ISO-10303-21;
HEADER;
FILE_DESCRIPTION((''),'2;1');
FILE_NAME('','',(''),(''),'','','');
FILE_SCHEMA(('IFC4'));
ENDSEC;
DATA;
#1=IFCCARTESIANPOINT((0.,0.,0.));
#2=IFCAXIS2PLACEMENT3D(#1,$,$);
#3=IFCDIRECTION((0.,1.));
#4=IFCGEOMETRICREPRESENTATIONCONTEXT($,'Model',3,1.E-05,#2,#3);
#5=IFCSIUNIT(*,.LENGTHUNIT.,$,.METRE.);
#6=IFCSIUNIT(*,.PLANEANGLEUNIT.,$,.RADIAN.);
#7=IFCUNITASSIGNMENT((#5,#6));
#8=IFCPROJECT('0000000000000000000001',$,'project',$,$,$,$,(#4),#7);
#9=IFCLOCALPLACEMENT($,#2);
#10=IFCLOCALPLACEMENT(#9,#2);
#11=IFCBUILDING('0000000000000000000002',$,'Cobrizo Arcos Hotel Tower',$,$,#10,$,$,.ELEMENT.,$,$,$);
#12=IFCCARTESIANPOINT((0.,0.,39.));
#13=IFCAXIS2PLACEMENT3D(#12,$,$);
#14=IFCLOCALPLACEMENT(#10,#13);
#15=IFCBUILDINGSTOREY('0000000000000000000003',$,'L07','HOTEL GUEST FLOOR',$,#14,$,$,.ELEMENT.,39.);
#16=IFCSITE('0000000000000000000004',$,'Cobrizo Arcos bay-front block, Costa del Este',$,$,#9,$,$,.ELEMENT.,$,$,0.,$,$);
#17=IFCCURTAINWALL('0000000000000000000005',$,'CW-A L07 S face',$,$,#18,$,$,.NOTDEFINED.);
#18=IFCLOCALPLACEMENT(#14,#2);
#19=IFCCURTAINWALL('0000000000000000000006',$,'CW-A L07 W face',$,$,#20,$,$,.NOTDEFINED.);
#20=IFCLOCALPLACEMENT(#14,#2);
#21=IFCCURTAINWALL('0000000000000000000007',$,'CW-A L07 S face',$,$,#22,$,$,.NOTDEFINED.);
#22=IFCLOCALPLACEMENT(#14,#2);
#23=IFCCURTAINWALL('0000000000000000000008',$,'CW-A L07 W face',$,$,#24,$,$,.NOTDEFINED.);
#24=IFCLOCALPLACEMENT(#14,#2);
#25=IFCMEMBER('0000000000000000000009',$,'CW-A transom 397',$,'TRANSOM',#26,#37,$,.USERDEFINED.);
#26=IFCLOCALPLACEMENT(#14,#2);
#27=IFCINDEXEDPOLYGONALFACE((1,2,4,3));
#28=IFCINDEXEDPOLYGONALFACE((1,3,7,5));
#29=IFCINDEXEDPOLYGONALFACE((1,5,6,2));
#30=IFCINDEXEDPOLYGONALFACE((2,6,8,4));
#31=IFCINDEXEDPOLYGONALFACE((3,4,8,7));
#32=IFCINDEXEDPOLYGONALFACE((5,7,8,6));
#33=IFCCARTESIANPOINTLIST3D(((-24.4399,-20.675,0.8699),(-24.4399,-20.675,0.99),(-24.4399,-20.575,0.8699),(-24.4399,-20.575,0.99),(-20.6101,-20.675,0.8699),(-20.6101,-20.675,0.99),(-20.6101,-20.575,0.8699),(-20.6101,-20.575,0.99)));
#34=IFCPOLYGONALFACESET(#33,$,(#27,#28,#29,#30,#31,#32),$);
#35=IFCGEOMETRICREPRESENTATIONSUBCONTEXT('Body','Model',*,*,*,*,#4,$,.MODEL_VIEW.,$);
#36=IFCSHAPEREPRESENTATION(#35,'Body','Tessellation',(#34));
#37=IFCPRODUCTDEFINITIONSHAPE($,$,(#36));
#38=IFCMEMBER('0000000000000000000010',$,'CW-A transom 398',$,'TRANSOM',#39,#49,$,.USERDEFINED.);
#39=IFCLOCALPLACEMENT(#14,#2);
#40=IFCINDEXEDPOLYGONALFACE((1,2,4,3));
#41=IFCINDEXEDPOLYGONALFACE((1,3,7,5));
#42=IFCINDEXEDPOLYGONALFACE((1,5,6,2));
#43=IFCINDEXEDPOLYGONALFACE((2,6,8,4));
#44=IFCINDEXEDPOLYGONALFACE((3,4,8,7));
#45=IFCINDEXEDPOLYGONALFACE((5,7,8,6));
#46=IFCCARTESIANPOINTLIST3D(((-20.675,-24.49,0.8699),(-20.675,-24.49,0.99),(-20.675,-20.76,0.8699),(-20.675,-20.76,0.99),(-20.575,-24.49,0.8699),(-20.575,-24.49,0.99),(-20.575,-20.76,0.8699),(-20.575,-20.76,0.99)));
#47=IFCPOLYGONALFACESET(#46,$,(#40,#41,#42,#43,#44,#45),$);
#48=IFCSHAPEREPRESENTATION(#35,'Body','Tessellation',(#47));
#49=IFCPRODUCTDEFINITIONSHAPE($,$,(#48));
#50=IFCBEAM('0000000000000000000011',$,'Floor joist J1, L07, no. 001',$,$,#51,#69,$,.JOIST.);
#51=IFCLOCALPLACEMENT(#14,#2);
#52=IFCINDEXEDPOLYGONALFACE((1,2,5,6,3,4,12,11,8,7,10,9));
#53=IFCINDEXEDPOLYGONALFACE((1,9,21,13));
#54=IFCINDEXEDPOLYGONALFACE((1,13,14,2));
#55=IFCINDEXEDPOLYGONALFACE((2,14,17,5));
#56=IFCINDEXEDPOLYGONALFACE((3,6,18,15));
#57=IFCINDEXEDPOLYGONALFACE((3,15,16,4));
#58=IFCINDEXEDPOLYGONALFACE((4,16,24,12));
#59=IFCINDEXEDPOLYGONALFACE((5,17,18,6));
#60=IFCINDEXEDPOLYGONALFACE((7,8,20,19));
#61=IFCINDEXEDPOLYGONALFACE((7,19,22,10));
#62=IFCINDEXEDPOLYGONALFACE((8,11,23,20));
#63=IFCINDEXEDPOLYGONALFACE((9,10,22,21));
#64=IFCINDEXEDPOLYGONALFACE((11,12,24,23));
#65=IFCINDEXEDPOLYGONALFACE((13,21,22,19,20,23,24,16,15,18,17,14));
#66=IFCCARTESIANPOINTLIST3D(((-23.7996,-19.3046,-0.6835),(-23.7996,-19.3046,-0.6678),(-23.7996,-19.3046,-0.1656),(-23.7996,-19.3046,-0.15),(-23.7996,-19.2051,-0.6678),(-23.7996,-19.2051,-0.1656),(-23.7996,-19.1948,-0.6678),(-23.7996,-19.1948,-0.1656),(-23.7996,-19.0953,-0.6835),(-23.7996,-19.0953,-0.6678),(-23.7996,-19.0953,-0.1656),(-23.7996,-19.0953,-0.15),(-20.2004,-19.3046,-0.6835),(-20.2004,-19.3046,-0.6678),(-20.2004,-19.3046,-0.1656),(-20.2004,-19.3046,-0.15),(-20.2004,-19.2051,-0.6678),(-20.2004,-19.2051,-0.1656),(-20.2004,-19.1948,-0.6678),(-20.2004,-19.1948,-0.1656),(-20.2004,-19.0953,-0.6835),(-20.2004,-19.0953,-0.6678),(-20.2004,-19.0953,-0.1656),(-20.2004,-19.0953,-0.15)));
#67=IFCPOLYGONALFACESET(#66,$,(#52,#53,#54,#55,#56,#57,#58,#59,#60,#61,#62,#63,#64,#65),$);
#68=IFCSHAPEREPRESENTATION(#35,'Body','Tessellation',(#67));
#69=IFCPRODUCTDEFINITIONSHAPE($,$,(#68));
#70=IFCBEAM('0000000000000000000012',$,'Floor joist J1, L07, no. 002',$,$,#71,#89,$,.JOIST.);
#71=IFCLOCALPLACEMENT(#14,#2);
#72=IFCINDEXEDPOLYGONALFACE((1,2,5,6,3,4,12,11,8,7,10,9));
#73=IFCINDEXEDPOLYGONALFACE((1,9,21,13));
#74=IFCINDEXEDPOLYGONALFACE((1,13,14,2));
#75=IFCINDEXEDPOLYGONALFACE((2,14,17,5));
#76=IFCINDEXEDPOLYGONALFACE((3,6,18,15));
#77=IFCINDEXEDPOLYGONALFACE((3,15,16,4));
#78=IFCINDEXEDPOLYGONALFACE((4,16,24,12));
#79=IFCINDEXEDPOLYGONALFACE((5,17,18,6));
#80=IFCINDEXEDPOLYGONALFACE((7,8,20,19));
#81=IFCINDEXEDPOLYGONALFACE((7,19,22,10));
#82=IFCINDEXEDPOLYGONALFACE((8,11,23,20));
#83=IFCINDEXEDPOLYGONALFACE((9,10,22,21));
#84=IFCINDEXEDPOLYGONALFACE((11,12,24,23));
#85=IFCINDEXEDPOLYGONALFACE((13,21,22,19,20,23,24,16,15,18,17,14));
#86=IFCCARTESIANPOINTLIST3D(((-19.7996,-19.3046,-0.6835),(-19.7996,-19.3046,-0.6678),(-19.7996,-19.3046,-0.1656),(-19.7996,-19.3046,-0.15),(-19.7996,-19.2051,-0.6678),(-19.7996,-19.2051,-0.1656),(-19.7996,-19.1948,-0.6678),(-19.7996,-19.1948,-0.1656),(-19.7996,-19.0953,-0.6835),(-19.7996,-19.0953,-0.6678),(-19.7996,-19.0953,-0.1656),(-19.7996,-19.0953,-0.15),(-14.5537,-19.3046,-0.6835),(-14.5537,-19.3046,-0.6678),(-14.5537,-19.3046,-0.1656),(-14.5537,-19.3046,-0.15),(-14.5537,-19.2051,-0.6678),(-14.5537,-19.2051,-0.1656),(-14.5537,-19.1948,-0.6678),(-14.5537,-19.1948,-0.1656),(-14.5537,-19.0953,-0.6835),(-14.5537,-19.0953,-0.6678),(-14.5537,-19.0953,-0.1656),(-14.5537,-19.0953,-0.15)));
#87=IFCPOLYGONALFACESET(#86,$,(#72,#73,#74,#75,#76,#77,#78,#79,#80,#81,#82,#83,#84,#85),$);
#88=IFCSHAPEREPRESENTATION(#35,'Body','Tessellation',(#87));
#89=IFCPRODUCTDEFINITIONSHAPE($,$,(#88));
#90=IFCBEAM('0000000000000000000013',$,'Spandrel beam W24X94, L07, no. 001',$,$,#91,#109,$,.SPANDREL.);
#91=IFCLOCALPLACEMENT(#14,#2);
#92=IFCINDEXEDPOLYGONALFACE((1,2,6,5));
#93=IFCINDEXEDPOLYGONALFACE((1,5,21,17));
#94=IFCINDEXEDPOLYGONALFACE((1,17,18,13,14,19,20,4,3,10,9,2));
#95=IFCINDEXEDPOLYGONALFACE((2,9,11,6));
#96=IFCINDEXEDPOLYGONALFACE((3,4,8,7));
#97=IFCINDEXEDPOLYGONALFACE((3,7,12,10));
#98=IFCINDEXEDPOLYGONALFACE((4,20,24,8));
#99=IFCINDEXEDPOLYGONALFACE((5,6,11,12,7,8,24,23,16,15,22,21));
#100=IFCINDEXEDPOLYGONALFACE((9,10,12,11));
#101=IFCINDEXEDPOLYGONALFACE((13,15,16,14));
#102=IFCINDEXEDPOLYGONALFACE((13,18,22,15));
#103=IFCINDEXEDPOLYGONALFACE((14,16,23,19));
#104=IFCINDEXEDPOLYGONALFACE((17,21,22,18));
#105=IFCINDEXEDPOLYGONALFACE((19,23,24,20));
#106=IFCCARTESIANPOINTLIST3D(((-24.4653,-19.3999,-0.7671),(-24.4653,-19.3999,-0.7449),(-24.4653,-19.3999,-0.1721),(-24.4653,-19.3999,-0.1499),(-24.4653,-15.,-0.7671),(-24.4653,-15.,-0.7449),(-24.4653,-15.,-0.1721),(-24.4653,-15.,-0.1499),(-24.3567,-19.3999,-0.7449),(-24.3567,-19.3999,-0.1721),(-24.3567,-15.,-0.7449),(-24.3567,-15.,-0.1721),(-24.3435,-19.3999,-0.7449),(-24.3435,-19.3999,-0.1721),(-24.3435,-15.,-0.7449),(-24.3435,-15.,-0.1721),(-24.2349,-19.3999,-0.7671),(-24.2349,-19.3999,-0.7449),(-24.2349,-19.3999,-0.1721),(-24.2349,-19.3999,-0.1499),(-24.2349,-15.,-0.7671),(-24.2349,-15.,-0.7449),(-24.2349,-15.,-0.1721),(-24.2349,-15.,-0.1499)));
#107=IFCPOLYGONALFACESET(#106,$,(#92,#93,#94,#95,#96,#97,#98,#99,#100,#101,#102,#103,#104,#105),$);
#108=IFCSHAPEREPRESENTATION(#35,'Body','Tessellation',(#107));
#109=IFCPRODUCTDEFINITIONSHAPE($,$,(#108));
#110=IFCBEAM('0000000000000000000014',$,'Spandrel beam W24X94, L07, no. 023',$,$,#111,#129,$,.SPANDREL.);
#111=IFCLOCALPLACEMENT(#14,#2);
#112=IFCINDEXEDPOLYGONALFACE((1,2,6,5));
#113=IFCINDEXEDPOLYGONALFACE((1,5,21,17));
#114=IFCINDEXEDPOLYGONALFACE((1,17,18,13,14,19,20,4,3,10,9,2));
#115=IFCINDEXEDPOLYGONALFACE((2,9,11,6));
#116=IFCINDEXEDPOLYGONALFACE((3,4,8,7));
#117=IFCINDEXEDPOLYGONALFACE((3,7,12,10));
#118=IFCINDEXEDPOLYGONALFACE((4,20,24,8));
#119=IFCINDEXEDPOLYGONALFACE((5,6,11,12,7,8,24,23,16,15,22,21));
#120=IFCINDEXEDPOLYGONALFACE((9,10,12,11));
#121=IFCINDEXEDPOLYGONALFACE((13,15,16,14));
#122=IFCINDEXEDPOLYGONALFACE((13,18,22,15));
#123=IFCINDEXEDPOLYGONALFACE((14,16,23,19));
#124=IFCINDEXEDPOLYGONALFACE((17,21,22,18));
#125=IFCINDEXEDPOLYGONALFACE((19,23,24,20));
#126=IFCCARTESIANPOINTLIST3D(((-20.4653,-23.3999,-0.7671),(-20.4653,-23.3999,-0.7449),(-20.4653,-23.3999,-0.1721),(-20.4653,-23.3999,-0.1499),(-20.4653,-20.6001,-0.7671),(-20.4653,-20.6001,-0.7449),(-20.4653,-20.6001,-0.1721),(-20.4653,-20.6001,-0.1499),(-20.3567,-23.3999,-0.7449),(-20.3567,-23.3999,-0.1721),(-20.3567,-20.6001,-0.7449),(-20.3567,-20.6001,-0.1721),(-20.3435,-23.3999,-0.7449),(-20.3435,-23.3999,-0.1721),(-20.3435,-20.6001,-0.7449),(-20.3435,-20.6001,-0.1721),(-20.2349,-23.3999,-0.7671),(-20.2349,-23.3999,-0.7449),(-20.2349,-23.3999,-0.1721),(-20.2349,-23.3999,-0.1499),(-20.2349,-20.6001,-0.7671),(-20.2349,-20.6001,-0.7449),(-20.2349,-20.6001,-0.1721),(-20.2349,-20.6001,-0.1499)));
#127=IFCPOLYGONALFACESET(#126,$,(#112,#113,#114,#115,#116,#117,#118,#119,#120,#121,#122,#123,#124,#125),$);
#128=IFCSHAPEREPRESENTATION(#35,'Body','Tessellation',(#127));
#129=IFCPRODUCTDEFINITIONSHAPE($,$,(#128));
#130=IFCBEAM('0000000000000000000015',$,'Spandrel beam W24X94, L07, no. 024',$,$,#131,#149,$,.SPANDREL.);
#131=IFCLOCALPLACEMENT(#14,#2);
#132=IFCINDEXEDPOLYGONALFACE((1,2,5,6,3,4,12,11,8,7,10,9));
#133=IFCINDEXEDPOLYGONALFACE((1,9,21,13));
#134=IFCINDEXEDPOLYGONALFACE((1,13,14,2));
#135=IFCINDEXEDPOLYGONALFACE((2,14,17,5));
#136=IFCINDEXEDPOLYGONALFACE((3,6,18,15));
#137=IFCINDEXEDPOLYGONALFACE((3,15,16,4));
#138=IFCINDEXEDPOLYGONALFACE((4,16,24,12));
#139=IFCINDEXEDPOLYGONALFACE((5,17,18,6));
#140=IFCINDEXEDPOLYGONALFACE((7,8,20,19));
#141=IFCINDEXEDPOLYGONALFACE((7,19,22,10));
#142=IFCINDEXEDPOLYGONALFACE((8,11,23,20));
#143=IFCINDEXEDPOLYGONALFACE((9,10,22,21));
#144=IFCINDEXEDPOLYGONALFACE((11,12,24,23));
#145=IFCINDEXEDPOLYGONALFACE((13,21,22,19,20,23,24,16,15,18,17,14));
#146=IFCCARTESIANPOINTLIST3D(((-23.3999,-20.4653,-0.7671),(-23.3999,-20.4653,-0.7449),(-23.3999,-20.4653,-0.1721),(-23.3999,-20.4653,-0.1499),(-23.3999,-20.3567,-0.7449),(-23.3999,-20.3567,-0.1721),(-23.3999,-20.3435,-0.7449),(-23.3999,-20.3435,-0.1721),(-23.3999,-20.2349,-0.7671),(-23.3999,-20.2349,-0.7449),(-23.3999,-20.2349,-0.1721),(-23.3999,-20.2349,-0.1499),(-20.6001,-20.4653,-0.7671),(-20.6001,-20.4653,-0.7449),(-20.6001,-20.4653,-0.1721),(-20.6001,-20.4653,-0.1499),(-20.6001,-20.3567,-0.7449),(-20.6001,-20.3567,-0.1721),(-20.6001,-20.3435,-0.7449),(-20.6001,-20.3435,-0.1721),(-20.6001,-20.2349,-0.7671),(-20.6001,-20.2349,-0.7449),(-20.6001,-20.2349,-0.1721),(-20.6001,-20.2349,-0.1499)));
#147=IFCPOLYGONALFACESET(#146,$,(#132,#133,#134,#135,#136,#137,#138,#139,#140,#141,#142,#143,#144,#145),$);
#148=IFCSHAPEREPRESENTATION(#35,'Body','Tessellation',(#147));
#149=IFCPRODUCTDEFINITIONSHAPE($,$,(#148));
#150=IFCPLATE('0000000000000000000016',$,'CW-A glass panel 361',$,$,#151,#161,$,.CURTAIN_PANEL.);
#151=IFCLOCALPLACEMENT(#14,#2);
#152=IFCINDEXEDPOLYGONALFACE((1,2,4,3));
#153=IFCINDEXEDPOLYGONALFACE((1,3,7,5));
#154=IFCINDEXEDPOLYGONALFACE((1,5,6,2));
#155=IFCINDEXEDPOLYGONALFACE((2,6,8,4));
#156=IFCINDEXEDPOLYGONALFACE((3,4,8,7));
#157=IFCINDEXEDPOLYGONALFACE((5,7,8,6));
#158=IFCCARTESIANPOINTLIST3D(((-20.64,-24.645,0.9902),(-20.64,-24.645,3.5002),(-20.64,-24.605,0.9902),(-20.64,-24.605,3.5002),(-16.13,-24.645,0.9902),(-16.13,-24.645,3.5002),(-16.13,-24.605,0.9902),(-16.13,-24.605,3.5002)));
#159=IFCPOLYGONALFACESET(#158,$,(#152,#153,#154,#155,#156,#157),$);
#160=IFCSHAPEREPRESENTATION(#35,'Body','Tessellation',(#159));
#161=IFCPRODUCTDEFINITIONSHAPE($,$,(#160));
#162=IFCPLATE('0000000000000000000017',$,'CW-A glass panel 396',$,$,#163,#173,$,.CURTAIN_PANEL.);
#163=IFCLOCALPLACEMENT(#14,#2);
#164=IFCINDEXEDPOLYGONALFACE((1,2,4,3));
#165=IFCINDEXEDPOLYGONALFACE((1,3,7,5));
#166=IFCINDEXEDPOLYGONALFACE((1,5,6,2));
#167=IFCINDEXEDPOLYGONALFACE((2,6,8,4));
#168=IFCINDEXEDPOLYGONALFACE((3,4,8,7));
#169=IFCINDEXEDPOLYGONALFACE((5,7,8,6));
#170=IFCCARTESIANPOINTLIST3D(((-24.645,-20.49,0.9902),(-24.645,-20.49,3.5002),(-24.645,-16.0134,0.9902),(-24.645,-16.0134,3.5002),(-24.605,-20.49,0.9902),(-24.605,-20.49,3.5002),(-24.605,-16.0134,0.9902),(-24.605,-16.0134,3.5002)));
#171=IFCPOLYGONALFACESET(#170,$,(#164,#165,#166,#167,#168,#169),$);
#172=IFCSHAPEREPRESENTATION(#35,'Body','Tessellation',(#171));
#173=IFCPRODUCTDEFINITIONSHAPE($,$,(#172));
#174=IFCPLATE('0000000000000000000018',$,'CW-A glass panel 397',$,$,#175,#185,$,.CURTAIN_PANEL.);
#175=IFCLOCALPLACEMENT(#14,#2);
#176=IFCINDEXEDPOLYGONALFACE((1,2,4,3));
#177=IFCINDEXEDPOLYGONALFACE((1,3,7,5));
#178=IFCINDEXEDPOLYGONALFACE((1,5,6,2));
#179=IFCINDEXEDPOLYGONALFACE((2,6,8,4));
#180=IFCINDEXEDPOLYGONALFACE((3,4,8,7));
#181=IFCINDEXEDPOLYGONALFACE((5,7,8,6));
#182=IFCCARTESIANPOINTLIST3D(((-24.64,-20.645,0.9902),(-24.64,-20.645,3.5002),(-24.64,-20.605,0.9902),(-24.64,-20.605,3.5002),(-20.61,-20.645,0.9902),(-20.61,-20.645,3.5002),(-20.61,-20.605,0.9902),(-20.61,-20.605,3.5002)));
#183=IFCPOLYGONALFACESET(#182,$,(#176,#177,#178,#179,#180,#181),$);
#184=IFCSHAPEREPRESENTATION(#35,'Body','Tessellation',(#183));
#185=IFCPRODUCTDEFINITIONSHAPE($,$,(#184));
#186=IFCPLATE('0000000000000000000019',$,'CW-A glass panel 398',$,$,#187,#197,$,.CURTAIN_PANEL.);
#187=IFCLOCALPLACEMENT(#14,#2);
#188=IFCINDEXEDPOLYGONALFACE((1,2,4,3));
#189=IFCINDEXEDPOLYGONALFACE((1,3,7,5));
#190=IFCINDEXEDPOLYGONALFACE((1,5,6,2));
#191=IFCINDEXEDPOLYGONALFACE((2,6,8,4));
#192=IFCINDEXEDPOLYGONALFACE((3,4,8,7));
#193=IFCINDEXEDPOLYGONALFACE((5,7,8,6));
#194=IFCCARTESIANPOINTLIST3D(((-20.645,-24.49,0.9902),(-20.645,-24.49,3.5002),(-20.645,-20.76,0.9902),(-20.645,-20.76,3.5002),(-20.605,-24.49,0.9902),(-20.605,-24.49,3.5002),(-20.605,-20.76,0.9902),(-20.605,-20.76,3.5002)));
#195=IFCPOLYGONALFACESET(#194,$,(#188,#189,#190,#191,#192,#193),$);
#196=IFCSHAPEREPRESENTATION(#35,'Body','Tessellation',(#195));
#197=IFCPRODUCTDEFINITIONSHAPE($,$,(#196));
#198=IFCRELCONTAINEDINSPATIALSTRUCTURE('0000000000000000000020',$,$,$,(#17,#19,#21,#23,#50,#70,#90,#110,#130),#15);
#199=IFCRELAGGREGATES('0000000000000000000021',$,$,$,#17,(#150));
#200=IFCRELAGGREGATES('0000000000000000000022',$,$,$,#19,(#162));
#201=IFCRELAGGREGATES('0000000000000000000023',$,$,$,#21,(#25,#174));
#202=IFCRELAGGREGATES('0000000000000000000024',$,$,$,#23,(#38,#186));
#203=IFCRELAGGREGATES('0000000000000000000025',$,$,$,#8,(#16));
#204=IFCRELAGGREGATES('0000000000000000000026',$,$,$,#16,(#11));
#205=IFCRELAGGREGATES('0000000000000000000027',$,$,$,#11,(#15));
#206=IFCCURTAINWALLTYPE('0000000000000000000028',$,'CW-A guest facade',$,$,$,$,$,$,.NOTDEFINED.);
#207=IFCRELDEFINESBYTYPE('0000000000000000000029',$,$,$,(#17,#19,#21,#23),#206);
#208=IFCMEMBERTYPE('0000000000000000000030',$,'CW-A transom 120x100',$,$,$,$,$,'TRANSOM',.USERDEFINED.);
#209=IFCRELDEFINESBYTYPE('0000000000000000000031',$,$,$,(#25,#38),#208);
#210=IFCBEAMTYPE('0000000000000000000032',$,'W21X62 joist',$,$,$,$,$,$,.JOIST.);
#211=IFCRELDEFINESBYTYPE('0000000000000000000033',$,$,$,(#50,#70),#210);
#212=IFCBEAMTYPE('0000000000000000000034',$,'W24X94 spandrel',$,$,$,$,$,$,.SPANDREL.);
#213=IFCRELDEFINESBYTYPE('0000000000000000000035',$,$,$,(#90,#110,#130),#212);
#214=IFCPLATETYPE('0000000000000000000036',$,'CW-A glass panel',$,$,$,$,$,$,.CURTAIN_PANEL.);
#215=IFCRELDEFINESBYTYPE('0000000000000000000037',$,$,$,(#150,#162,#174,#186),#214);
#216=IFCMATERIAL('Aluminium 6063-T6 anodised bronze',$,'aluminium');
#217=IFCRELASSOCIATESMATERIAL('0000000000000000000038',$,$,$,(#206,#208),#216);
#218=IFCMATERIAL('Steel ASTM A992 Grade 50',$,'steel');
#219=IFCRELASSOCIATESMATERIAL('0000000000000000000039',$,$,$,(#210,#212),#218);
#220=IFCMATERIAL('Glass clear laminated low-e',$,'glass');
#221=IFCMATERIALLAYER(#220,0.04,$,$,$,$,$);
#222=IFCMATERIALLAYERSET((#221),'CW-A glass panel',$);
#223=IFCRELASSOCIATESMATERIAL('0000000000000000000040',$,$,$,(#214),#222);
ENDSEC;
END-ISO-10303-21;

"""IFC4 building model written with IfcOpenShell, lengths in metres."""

from ifc_helpers import new_model, si_unit, direction, frame, origin, origin_2d, place, context, subcontext, project, spatial, rectangle, i_section, extrude, material, layer, layer_set, material_profile, profile_set, type_object, element, aggregate, save


model = new_model("IFC4")

# Units and contexts
model_context = context("Model", 3, precision=1e-05, world=origin(), true_north=direction((0.0, 1.0)))
body_context = subcontext(model_context, "Body", "Model", "MODEL_VIEW")
ifc_project = project(units=[si_unit("LENGTHUNIT", "METRE"), si_unit("PLANEANGLEUNIT", "RADIAN")], contexts=[model_context])

# Site, building, storey
site_placement = place(None, origin())
site = spatial("IfcSite", under=ifc_project, at=site_placement, Name="Cobrizo Arcos bay-front block, Costa del Este", CompositionType="ELEMENT", RefElevation=0.0)
building_placement = place(site_placement, origin())
building = spatial("IfcBuilding", under=site, at=building_placement, Name="Cobrizo Arcos Hotel Tower", CompositionType="ELEMENT")
storey_placement = place(building_placement, frame((0.0, 0.0, 39.0)))
storey = spatial("IfcBuildingStorey", under=building, at=storey_placement, Name="L07", Description="HOTEL GUEST FLOOR", CompositionType="ELEMENT", Elevation=39.0)

# Curtain walls
ifc_material_1 = material(Name="Aluminium 6063-T6 anodised bronze", Category="aluminium")
curtain_wall_type = type_object("IfcCurtainWallType", Name="CW-A guest facade", PredefinedType="NOTDEFINED", material=ifc_material_1)
curtain_wall_1_placement = place(storey_placement, origin())
curtain_wall_1 = element("IfcCurtainWall", 1, at=curtain_wall_1_placement, inside=storey, type_object=curtain_wall_type, Name="CW-A L07 S face", PredefinedType="NOTDEFINED")
curtain_wall_2_placement = place(storey_placement, origin())
curtain_wall_2 = element("IfcCurtainWall", 2, at=curtain_wall_2_placement, inside=storey, type_object=curtain_wall_type, Name="CW-A L07 W face", PredefinedType="NOTDEFINED")

# Curtain walls
curtain_wall_3_placement = place(storey_placement, origin())
curtain_wall_3 = element("IfcCurtainWall", 3, at=curtain_wall_3_placement, inside=storey, type_object=curtain_wall_type, Name="CW-A L07 S face", PredefinedType="NOTDEFINED")
curtain_wall_4_placement = place(storey_placement, origin())
curtain_wall_4 = element("IfcCurtainWall", 4, at=curtain_wall_4_placement, inside=storey, type_object=curtain_wall_type, Name="CW-A L07 W face", PredefinedType="NOTDEFINED")

# Members
ifc_material_profile_1 = material_profile(ifc_material_1, rectangle(XDim=0.1001, YDim=0.1201, at=origin_2d()), Name="CW-A transom 120x100")
ifc_profile_set_1 = profile_set([ifc_material_profile_1], Name="Aluminium 6063-T6 anodised bronze")
member_type_1 = type_object("IfcMemberType", Name="CW-A transom 120x100", ElementType="TRANSOM", PredefinedType="USERDEFINED", material=ifc_profile_set_1)
member_1_placement = place(storey_placement, frame((-24.4399, -20.625, 0.9299), z_axis=(1.0, 0.0, 0.0), x_axis=(0.0, 1.0, 0.0)))
member_1 = element("IfcMember", 5, at=member_1_placement, type_object=member_type_1, Name="CW-A transom 397", ObjectType="TRANSOM", PredefinedType="USERDEFINED", context=body_context, shape_type="SweptSolid", body=[
    extrude(rectangle(XDim=0.1001, YDim=0.1201, at=origin_2d()), origin(), (0.0, 0.0, 1.0), 3.8298),
])
member_2_placement = place(storey_placement, frame((-20.625, -20.76, 0.9299), z_axis=(0.0, -1.0, 0.0), x_axis=(1.0, 0.0, 0.0)))
member_2 = element("IfcMember", 6, at=member_2_placement, type_object=member_type_1, Name="CW-A transom 398", ObjectType="TRANSOM", PredefinedType="USERDEFINED", context=body_context, shape_type="SweptSolid", body=[
    extrude(rectangle(XDim=0.1001, YDim=0.1201, at=origin_2d()), origin(), (0.0, 0.0, 1.0), 3.73),
])

# Beams
ifc_material_2 = material(Name="Steel ASTM A992 Grade 50", Category="steel")
ifc_material_profile_2 = material_profile(ifc_material_2, i_section(OverallWidth=0.2092, OverallDepth=0.5334, WebThickness=0.0103, FlangeThickness=0.0156, at=origin_2d()), Name="W21X62")
ifc_profile_set_2 = profile_set([ifc_material_profile_2], Name="Steel ASTM A992 Grade 50")
beam_type_1 = type_object("IfcBeamType", Name="W21X62 joist", PredefinedType="JOIST", material=ifc_profile_set_2)
beam_1_placement = place(storey_placement, frame((-23.7996, -19.2, -0.4167), z_axis=(1.0, 0.0, 0.0), x_axis=(0.0, 1.0, 0.0)))
element("IfcBeam", 7, at=beam_1_placement, inside=storey, type_object=beam_type_1, Name="Floor joist J1, L07, no. 001", PredefinedType="JOIST", context=body_context, shape_type="SweptSolid", body=[
    extrude(i_section(OverallWidth=0.2092, OverallDepth=0.5334, WebThickness=0.0103, FlangeThickness=0.0156, at=origin_2d()), origin(), (0.0, 0.0, 1.0), 3.5991),
])
beam_2_placement = place(storey_placement, frame((-19.7996, -19.2, -0.4167), z_axis=(1.0, 0.0, 0.0), x_axis=(0.0, 1.0, 0.0)))
element("IfcBeam", 8, at=beam_2_placement, inside=storey, type_object=beam_type_1, Name="Floor joist J1, L07, no. 002", PredefinedType="JOIST", context=body_context, shape_type="SweptSolid", body=[
    extrude(i_section(OverallWidth=0.2092, OverallDepth=0.5334, WebThickness=0.0103, FlangeThickness=0.0156, at=origin_2d()), origin(), (0.0, 0.0, 1.0), 5.2458),
])
ifc_material_profile_3 = material_profile(ifc_material_2, i_section(OverallWidth=0.2305, OverallDepth=0.6172, WebThickness=0.0132, FlangeThickness=0.0222, at=origin_2d()), Name="W24X94")
ifc_profile_set_3 = profile_set([ifc_material_profile_3], Name="Steel ASTM A992 Grade 50")
beam_type_2 = type_object("IfcBeamType", Name="W24X94 spandrel", PredefinedType="SPANDREL", material=ifc_profile_set_3)
beam_3_placement = place(storey_placement, frame((-24.3501, -19.3999, -0.4585), z_axis=(0.0, 1.0, 0.0), x_axis=(-1.0, 0.0, 0.0)))
element("IfcBeam", 9, at=beam_3_placement, inside=storey, type_object=beam_type_2, Name="Spandrel beam W24X94, L07, no. 001", PredefinedType="SPANDREL", context=body_context, shape_type="SweptSolid", body=[
    extrude(i_section(OverallWidth=0.2305, OverallDepth=0.6172, WebThickness=0.0132, FlangeThickness=0.0222, at=origin_2d()), origin(), (0.0, 0.0, 1.0), 4.3999),
])
for number, where, z_axis, x_axis, name in (
    (10, (-20.3501, -23.3999, -0.4585), (0.0, 1.0, 0.0), (-1.0, 0.0, 0.0), "Spandrel beam W24X94, L07, no. 023"),
    (11, (-20.6001, -20.3501, -0.4585), (-1.0, 0.0, 0.0), (0.0, -1.0, 0.0), "Spandrel beam W24X94, L07, no. 024"),
):
    element("IfcBeam", number, at=place(storey_placement, frame(where, z_axis=z_axis, x_axis=x_axis)), inside=storey, type_object=beam_type_2, Name=name, PredefinedType="SPANDREL", context=body_context, shape_type="SweptSolid", body=[
        extrude(i_section(OverallWidth=0.2305, OverallDepth=0.6172, WebThickness=0.0132, FlangeThickness=0.0222, at=origin_2d()), origin(), (0.0, 0.0, 1.0), 2.7998),
    ])

# Plates
ifc_material_3 = material(Name="Glass clear laminated low-e", Category="glass")
ifc_layer_1 = layer(ifc_material_3, 0.04)
ifc_layer_set_1 = layer_set([ifc_layer_1], Name="CW-A glass panel")
plate_type_1 = type_object("IfcPlateType", Name="CW-A glass panel", PredefinedType="CURTAIN_PANEL", material=ifc_layer_set_1)
plate_1_placement = place(storey_placement, frame((-18.385, -24.625, 0.9902), z_axis=(0.0, 0.0, 1.0), x_axis=(1.0, 0.0, 0.0)))
plate_1 = element("IfcPlate", 12, at=plate_1_placement, type_object=plate_type_1, Name="CW-A glass panel 361", PredefinedType="CURTAIN_PANEL", context=body_context, shape_type="SweptSolid", body=[
    extrude(rectangle(XDim=4.51, YDim=0.04, at=origin_2d()), origin(), (0.0, 0.0, 1.0), 2.51),
])
plate_2_placement = place(storey_placement, frame((-24.625, -18.2517, 0.9902), z_axis=(0.0, 0.0, 1.0), x_axis=(0.0, -1.0, 0.0)))
plate_2 = element("IfcPlate", 13, at=plate_2_placement, type_object=plate_type_1, Name="CW-A glass panel 396", PredefinedType="CURTAIN_PANEL", context=body_context, shape_type="SweptSolid", body=[
    extrude(rectangle(XDim=4.4766, YDim=0.04, at=origin_2d()), origin(), (0.0, 0.0, 1.0), 2.51),
])
plate_3_placement = place(storey_placement, frame((-22.625, -20.625, 0.9902), z_axis=(0.0, 0.0, 1.0), x_axis=(1.0, 0.0, 0.0)))
plate_3 = element("IfcPlate", 14, at=plate_3_placement, type_object=plate_type_1, Name="CW-A glass panel 397", PredefinedType="CURTAIN_PANEL", context=body_context, shape_type="SweptSolid", body=[
    extrude(rectangle(XDim=4.03, YDim=0.04, at=origin_2d()), origin(), (0.0, 0.0, 1.0), 2.51),
])
plate_4_placement = place(storey_placement, frame((-20.625, -22.625, 0.9902), z_axis=(0.0, 0.0, 1.0), x_axis=(0.0, -1.0, 0.0)))
plate_4 = element("IfcPlate", 15, at=plate_4_placement, type_object=plate_type_1, Name="CW-A glass panel 398", PredefinedType="CURTAIN_PANEL", context=body_context, shape_type="SweptSolid", body=[
    extrude(rectangle(XDim=3.73, YDim=0.04, at=origin_2d()), origin(), (0.0, 0.0, 1.0), 2.51),
])
aggregate(curtain_wall_1, [plate_1])
aggregate(curtain_wall_2, [plate_2])
aggregate(curtain_wall_3, [member_1, plate_3])
aggregate(curtain_wall_4, [member_2, plate_4])

save(model, "model.ifc")
